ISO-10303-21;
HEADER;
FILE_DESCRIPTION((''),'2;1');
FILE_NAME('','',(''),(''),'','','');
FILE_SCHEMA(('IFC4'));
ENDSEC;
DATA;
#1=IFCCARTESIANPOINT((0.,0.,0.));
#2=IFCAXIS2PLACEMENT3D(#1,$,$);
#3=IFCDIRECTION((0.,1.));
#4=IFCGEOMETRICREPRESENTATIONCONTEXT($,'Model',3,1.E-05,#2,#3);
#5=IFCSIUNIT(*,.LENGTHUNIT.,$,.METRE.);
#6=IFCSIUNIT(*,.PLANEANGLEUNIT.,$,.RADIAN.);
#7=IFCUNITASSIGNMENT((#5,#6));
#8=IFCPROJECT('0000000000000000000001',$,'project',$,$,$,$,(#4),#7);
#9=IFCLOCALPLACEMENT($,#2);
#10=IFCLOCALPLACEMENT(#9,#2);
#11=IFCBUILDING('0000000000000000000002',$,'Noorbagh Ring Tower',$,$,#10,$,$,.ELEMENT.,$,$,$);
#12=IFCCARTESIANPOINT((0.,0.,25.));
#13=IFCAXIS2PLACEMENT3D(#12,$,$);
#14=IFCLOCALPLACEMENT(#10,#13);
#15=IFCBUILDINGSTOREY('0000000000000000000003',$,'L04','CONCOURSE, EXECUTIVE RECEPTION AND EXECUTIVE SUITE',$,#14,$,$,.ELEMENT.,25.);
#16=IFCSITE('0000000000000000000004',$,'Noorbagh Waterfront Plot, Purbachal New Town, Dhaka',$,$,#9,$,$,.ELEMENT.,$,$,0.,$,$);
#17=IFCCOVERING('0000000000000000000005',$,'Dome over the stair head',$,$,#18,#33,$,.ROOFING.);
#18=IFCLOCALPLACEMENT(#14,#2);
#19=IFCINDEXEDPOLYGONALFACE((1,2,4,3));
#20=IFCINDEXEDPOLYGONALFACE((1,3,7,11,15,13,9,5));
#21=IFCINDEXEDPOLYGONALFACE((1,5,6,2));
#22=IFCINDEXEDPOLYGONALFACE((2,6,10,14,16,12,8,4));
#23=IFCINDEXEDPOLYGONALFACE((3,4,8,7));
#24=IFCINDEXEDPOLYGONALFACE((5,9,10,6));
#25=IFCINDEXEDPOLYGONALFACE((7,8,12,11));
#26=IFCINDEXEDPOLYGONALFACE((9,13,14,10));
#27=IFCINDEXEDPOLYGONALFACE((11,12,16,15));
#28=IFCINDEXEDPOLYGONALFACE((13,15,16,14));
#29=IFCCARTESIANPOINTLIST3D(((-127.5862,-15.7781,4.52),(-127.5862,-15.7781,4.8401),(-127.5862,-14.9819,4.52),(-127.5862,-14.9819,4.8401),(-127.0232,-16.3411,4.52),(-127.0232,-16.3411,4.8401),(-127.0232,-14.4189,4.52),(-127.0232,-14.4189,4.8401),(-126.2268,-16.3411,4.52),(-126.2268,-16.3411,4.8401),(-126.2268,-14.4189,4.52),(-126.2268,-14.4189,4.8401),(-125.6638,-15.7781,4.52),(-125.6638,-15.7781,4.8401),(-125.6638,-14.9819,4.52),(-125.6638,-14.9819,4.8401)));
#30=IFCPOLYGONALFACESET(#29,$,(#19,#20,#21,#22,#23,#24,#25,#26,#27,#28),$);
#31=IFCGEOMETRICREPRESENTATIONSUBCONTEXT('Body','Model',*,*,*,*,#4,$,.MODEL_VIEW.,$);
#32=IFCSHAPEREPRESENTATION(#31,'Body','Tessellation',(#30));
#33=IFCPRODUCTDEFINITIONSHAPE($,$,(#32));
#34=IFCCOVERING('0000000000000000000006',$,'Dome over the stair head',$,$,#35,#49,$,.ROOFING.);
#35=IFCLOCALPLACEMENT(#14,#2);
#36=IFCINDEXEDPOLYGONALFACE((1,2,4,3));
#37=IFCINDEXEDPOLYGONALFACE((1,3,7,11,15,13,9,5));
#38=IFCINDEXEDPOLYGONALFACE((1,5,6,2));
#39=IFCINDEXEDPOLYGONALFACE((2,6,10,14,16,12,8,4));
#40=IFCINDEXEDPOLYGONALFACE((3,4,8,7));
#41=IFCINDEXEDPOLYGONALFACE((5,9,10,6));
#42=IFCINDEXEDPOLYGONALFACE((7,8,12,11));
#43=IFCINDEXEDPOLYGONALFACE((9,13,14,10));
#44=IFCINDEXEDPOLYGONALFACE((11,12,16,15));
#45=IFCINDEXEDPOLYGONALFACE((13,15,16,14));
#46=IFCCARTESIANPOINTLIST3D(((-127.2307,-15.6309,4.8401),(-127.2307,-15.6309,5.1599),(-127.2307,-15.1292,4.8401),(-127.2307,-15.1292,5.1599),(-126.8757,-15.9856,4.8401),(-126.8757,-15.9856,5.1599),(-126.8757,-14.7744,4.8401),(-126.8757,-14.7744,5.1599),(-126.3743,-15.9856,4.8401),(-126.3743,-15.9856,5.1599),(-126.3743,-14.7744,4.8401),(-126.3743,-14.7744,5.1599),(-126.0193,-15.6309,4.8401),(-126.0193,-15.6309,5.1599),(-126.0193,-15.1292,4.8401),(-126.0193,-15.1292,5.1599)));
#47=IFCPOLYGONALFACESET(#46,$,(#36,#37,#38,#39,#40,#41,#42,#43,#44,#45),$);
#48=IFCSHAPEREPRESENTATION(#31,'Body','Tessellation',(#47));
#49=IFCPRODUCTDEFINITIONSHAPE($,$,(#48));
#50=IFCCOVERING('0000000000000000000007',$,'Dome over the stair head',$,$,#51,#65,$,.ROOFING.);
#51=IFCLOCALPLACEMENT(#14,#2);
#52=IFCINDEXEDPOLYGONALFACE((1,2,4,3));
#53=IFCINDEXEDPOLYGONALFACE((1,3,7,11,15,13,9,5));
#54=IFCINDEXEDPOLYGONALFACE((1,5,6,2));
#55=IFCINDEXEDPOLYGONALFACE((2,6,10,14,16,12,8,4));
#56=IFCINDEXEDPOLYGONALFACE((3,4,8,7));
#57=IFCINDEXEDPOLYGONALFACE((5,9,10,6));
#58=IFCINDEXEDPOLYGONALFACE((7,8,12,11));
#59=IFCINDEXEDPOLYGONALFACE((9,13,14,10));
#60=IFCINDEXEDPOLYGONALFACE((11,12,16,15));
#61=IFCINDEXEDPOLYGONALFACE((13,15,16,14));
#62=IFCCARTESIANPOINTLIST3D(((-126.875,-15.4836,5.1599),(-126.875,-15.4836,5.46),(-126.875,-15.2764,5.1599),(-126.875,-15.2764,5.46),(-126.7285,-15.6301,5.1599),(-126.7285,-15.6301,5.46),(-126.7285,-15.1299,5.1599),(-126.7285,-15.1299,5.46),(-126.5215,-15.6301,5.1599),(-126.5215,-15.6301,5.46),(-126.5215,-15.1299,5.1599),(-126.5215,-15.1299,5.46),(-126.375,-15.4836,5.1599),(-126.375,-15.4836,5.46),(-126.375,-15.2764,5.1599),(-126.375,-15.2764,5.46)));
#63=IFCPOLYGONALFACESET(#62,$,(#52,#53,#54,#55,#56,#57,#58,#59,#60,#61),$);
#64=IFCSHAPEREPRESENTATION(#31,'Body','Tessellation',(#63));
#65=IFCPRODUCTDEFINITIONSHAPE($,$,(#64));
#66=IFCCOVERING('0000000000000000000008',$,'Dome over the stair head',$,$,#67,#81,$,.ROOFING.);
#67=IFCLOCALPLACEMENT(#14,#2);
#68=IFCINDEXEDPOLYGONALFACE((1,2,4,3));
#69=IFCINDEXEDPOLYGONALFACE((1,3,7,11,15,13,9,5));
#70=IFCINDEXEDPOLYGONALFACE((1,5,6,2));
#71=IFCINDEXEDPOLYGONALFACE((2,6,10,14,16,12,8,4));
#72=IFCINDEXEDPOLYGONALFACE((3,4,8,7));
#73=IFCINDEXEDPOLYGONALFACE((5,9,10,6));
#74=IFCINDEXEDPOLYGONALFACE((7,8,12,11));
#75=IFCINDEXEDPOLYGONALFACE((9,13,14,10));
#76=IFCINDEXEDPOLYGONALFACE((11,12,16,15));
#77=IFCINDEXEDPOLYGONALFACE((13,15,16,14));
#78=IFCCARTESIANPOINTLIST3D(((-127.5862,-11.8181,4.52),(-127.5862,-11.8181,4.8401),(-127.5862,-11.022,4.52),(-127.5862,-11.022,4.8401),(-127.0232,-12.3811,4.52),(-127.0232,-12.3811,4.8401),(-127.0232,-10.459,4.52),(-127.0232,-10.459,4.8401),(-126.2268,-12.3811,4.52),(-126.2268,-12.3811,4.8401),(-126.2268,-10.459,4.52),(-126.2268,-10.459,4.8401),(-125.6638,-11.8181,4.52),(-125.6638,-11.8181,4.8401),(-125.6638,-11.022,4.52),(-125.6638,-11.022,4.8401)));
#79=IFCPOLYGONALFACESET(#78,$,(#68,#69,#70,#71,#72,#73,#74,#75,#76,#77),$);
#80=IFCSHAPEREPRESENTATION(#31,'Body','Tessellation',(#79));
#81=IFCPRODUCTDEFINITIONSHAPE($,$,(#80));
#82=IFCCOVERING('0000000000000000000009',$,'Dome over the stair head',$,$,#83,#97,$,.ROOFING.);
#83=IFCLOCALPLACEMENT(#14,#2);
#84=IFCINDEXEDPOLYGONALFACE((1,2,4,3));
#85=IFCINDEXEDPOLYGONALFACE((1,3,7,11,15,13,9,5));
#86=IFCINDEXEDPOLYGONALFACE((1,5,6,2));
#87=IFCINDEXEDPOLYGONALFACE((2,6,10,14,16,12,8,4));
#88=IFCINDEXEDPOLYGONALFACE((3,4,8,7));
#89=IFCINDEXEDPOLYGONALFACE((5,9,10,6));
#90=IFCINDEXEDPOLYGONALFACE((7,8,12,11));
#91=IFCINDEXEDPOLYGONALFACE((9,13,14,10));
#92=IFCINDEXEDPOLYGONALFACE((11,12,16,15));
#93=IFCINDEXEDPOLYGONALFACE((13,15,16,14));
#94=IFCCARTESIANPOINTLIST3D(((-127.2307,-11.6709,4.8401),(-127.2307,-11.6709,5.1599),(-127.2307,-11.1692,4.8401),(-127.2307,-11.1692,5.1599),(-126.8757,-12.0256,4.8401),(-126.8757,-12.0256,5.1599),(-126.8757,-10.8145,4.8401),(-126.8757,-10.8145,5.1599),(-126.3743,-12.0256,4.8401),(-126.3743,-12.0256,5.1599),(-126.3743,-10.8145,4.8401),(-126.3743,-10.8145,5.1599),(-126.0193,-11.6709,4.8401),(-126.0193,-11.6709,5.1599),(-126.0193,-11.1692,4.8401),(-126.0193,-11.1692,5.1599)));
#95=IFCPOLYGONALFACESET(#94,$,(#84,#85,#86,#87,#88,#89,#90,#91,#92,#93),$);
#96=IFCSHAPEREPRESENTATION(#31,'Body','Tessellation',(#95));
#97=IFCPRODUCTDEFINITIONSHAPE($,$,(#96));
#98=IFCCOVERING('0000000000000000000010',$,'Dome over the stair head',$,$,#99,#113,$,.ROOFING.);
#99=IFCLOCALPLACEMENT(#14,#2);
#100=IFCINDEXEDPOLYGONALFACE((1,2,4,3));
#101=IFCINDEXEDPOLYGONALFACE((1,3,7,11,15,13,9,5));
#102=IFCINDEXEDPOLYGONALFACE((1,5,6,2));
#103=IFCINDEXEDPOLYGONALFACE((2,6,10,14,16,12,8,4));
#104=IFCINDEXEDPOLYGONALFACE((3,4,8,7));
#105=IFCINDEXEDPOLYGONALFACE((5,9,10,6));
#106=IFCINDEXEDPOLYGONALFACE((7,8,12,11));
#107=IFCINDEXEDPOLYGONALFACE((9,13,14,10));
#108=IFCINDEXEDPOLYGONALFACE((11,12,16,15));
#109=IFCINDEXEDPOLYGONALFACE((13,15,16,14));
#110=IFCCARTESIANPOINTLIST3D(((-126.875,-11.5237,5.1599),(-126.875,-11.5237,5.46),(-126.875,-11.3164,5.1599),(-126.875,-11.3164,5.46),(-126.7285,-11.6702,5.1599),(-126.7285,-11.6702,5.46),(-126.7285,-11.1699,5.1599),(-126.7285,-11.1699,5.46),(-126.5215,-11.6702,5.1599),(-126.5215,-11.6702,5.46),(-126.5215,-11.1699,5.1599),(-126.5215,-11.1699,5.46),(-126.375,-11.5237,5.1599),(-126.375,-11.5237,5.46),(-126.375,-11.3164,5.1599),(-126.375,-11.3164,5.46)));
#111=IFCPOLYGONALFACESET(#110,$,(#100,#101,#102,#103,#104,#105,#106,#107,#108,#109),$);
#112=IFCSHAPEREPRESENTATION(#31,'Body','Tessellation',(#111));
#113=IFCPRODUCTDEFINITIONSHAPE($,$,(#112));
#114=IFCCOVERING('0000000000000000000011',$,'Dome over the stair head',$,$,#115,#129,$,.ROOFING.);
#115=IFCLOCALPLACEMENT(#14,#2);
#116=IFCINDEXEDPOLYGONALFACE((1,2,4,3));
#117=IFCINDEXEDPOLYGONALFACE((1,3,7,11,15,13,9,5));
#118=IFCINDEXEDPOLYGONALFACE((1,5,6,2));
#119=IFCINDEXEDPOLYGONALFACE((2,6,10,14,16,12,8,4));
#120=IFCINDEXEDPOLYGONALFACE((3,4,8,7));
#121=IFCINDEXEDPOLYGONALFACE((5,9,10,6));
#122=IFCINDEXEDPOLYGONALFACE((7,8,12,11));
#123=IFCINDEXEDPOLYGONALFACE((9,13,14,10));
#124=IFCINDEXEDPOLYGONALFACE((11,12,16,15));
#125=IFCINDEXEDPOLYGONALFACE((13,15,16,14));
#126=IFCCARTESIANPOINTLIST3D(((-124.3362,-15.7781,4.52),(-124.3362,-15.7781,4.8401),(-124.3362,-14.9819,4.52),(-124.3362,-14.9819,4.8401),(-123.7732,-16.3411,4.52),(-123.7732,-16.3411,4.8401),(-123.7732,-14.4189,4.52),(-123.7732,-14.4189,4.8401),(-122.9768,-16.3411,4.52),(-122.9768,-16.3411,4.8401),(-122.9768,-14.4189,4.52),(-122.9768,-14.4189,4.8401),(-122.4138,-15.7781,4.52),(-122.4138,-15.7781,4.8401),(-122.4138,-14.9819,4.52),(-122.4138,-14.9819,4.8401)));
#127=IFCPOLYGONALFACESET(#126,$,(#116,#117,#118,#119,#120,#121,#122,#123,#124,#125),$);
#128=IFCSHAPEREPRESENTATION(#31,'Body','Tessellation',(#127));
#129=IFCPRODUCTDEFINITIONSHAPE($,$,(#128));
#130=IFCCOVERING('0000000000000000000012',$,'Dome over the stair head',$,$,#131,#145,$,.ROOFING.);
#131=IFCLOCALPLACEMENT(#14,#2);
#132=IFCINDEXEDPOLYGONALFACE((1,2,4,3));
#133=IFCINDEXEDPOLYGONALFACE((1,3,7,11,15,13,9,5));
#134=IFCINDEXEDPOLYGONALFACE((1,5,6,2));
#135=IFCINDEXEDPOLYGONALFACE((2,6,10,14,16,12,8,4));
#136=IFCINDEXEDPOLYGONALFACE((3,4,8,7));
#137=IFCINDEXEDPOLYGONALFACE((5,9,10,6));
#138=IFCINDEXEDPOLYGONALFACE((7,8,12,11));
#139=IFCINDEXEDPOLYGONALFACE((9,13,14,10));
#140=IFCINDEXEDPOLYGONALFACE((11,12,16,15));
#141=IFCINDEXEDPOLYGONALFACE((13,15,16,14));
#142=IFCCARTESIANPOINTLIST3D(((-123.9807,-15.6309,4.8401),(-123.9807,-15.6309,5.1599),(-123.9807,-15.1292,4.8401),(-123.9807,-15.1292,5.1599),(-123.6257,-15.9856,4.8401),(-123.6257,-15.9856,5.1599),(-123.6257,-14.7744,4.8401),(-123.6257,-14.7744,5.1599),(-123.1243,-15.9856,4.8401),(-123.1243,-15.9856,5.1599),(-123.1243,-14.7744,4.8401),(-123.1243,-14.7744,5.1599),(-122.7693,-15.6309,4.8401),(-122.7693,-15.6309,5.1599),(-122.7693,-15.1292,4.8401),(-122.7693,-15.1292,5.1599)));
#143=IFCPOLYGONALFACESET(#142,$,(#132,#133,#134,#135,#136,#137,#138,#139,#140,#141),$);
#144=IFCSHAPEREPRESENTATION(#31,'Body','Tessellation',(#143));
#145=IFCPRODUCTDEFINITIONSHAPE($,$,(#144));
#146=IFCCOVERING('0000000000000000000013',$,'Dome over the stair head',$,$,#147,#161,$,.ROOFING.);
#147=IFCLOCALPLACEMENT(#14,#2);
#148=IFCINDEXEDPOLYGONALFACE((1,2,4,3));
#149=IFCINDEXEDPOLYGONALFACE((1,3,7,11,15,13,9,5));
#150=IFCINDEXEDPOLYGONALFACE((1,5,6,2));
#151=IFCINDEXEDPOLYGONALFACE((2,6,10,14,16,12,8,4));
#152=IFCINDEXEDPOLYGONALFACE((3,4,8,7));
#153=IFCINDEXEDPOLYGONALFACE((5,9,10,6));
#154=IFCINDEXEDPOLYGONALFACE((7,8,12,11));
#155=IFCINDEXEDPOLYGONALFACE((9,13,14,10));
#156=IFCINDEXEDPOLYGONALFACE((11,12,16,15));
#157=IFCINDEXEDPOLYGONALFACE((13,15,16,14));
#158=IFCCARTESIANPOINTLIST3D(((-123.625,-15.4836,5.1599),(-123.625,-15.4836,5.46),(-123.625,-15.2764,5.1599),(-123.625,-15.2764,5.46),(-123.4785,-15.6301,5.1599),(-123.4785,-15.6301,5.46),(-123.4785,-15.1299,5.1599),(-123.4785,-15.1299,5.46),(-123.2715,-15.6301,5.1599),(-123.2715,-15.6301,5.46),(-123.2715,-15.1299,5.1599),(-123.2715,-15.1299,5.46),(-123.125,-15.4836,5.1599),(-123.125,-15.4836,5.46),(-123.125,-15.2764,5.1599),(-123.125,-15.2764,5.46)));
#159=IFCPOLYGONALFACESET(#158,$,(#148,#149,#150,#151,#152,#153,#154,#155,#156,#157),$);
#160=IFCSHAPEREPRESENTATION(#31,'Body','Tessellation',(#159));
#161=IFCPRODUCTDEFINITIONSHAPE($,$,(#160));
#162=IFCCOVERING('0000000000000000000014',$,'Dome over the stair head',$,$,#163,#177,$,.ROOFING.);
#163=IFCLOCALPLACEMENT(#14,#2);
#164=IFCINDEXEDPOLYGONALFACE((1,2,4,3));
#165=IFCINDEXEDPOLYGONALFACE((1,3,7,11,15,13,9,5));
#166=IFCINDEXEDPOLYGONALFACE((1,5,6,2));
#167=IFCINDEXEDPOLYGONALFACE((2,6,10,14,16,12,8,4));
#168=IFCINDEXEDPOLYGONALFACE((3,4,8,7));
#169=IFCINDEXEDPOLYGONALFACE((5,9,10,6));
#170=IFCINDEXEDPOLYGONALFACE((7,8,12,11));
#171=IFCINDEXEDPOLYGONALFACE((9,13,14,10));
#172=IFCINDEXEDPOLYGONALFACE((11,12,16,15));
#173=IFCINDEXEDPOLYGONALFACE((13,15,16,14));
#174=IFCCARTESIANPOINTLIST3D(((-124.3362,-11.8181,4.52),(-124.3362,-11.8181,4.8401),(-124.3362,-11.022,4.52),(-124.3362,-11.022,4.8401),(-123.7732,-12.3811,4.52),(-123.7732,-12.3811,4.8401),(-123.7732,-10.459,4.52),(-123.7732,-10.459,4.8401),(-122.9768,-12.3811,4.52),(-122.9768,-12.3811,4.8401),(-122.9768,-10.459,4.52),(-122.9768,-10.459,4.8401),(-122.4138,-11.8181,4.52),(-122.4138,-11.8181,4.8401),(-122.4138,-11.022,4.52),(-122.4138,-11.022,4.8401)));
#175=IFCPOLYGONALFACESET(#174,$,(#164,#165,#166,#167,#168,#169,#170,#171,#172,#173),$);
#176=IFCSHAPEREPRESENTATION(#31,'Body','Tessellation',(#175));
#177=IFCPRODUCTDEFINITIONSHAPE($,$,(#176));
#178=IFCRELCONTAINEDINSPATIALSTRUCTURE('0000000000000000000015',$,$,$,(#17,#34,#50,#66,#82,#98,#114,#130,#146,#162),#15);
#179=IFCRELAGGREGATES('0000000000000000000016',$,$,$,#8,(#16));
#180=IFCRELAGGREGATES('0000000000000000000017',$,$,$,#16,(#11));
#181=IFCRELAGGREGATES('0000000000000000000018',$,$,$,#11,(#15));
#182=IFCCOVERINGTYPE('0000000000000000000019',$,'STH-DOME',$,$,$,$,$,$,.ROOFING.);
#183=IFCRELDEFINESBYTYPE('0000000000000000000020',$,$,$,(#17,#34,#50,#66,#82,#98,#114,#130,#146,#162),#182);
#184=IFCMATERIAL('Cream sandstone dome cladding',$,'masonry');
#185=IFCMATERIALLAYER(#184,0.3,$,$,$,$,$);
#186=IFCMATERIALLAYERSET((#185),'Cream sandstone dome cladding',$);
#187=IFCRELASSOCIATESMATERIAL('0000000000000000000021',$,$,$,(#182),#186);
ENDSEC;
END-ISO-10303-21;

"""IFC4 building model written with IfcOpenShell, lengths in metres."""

from ifc_helpers import new_model, si_unit, direction, frame, origin, place, context, subcontext, project, spatial, polyline, outline, extrude, material, layer, layer_set, type_object, element, save


model = new_model("IFC4")

# Units and contexts
model_context = context("Model", 3, precision=1e-05, world=origin(), true_north=direction((0.0, 1.0)))
body_context = subcontext(model_context, "Body", "Model", "MODEL_VIEW")
ifc_project = project(units=[si_unit("LENGTHUNIT", "METRE"), si_unit("PLANEANGLEUNIT", "RADIAN")], contexts=[model_context])

# Site, building, storey
site_placement = place(None, origin())
site = spatial("IfcSite", under=ifc_project, at=site_placement, Name="Noorbagh Waterfront Plot, Purbachal New Town, Dhaka", CompositionType="ELEMENT", RefElevation=0.0)
building_placement = place(site_placement, origin())
building = spatial("IfcBuilding", under=site, at=building_placement, Name="Noorbagh Ring Tower", CompositionType="ELEMENT")
storey_placement = place(building_placement, frame((0.0, 0.0, 25.0)))
storey = spatial("IfcBuildingStorey", under=building, at=storey_placement, Name="L04", Description="CONCOURSE, EXECUTIVE RECEPTION AND EXECUTIVE SUITE", CompositionType="ELEMENT", Elevation=25.0)

# Coverings
ifc_material = material(Name="Cream sandstone dome cladding", Category="masonry")
ifc_layer = layer(ifc_material, 0.3)
ifc_layer_set = layer_set([ifc_layer], Name="Cream sandstone dome cladding")
covering_type = type_object("IfcCoveringType", Name="STH-DOME", PredefinedType="ROOFING", material=ifc_layer_set)
covering_1_placement = place(storey_placement, frame((0.0, 0.0, 4.52)))
element("IfcCovering", 1, at=covering_1_placement, inside=storey, type_object=covering_type, Name="Dome over the stair head", PredefinedType="ROOFING", context=body_context, shape_type="SweptSolid", body=[
    extrude(outline(polyline([(-125.6638, -14.9819), (-126.2268, -14.4189), (-127.0232, -14.4189), (-127.5862, -14.9819), (-127.5862, -15.7781), (-127.0232, -16.3411), (-126.2268, -16.3411), (-125.6638, -15.7781), (-125.6638, -14.9819)])), origin(), (0.0, 0.0, 1.0), 0.3201),
])
covering_2_placement = place(storey_placement, frame((0.0, 0.0, 4.8401)))
element("IfcCovering", 2, at=covering_2_placement, inside=storey, type_object=covering_type, Name="Dome over the stair head", PredefinedType="ROOFING", context=body_context, shape_type="SweptSolid", body=[
    extrude(outline(polyline([(-126.0193, -15.1292), (-126.3743, -14.7744), (-126.8757, -14.7744), (-127.2307, -15.1292), (-127.2307, -15.6309), (-126.8757, -15.9856), (-126.3743, -15.9856), (-126.0193, -15.6309), (-126.0193, -15.1292)])), origin(), (0.0, 0.0, 1.0), 0.3198),
])
covering_3_placement = place(storey_placement, frame((0.0, 0.0, 5.1599)))
element("IfcCovering", 3, at=covering_3_placement, inside=storey, type_object=covering_type, Name="Dome over the stair head", PredefinedType="ROOFING", context=body_context, shape_type="SweptSolid", body=[
    extrude(outline(polyline([(-126.375, -15.2764), (-126.5215, -15.1299), (-126.7285, -15.1299), (-126.875, -15.2764), (-126.875, -15.4836), (-126.7285, -15.6301), (-126.5215, -15.6301), (-126.375, -15.4836), (-126.375, -15.2764)])), origin(), (0.0, 0.0, 1.0), 0.3),
])
covering_4_placement = place(storey_placement, frame((0.0, 0.0, 4.52)))
element("IfcCovering", 4, at=covering_4_placement, inside=storey, type_object=covering_type, Name="Dome over the stair head", PredefinedType="ROOFING", context=body_context, shape_type="SweptSolid", body=[
    extrude(outline(polyline([(-125.6638, -11.022), (-126.2268, -10.459), (-127.0232, -10.459), (-127.5862, -11.022), (-127.5862, -11.8181), (-127.0232, -12.3811), (-126.2268, -12.3811), (-125.6638, -11.8181), (-125.6638, -11.022)])), origin(), (0.0, 0.0, 1.0), 0.3201),
])
covering_5_placement = place(storey_placement, frame((0.0, 0.0, 4.8401)))
element("IfcCovering", 5, at=covering_5_placement, inside=storey, type_object=covering_type, Name="Dome over the stair head", PredefinedType="ROOFING", context=body_context, shape_type="SweptSolid", body=[
    extrude(outline(polyline([(-126.0193, -11.1692), (-126.3743, -10.8145), (-126.8757, -10.8145), (-127.2307, -11.1692), (-127.2307, -11.6709), (-126.8757, -12.0256), (-126.3743, -12.0256), (-126.0193, -11.6709), (-126.0193, -11.1692)])), origin(), (0.0, 0.0, 1.0), 0.3198),
])
covering_6_placement = place(storey_placement, frame((0.0, 0.0, 5.1599)))
element("IfcCovering", 6, at=covering_6_placement, inside=storey, type_object=covering_type, Name="Dome over the stair head", PredefinedType="ROOFING", context=body_context, shape_type="SweptSolid", body=[
    extrude(outline(polyline([(-126.375, -11.3164), (-126.5215, -11.1699), (-126.7285, -11.1699), (-126.875, -11.3164), (-126.875, -11.5237), (-126.7285, -11.6702), (-126.5215, -11.6702), (-126.375, -11.5237), (-126.375, -11.3164)])), origin(), (0.0, 0.0, 1.0), 0.3),
])
covering_7_placement = place(storey_placement, frame((0.0, 0.0, 4.52)))
element("IfcCovering", 7, at=covering_7_placement, inside=storey, type_object=covering_type, Name="Dome over the stair head", PredefinedType="ROOFING", context=body_context, shape_type="SweptSolid", body=[
    extrude(outline(polyline([(-122.4138, -14.9819), (-122.9768, -14.4189), (-123.7732, -14.4189), (-124.3362, -14.9819), (-124.3362, -15.7781), (-123.7732, -16.3411), (-122.9768, -16.3411), (-122.4138, -15.7781), (-122.4138, -14.9819)])), origin(), (0.0, 0.0, 1.0), 0.3201),
])
covering_8_placement = place(storey_placement, frame((0.0, 0.0, 4.8401)))
element("IfcCovering", 8, at=covering_8_placement, inside=storey, type_object=covering_type, Name="Dome over the stair head", PredefinedType="ROOFING", context=body_context, shape_type="SweptSolid", body=[
    extrude(outline(polyline([(-122.7693, -15.1292), (-123.1243, -14.7744), (-123.6257, -14.7744), (-123.9807, -15.1292), (-123.9807, -15.6309), (-123.6257, -15.9856), (-123.1243, -15.9856), (-122.7693, -15.6309), (-122.7693, -15.1292)])), origin(), (0.0, 0.0, 1.0), 0.3198),
])
covering_9_placement = place(storey_placement, frame((0.0, 0.0, 5.1599)))
element("IfcCovering", 9, at=covering_9_placement, inside=storey, type_object=covering_type, Name="Dome over the stair head", PredefinedType="ROOFING", context=body_context, shape_type="SweptSolid", body=[
    extrude(outline(polyline([(-123.125, -15.2764), (-123.2715, -15.1299), (-123.4785, -15.1299), (-123.625, -15.2764), (-123.625, -15.4836), (-123.4785, -15.6301), (-123.2715, -15.6301), (-123.125, -15.4836), (-123.125, -15.2764)])), origin(), (0.0, 0.0, 1.0), 0.3),
])
covering_10_placement = place(storey_placement, frame((0.0, 0.0, 4.52)))
element("IfcCovering", 10, at=covering_10_placement, inside=storey, type_object=covering_type, Name="Dome over the stair head", PredefinedType="ROOFING", context=body_context, shape_type="SweptSolid", body=[
    extrude(outline(polyline([(-122.4138, -11.022), (-122.9768, -10.459), (-123.7732, -10.459), (-124.3362, -11.022), (-124.3362, -11.8181), (-123.7732, -12.3811), (-122.9768, -12.3811), (-122.4138, -11.8181), (-122.4138, -11.022)])), origin(), (0.0, 0.0, 1.0), 0.3201),
])

save(model, "model.ifc")
